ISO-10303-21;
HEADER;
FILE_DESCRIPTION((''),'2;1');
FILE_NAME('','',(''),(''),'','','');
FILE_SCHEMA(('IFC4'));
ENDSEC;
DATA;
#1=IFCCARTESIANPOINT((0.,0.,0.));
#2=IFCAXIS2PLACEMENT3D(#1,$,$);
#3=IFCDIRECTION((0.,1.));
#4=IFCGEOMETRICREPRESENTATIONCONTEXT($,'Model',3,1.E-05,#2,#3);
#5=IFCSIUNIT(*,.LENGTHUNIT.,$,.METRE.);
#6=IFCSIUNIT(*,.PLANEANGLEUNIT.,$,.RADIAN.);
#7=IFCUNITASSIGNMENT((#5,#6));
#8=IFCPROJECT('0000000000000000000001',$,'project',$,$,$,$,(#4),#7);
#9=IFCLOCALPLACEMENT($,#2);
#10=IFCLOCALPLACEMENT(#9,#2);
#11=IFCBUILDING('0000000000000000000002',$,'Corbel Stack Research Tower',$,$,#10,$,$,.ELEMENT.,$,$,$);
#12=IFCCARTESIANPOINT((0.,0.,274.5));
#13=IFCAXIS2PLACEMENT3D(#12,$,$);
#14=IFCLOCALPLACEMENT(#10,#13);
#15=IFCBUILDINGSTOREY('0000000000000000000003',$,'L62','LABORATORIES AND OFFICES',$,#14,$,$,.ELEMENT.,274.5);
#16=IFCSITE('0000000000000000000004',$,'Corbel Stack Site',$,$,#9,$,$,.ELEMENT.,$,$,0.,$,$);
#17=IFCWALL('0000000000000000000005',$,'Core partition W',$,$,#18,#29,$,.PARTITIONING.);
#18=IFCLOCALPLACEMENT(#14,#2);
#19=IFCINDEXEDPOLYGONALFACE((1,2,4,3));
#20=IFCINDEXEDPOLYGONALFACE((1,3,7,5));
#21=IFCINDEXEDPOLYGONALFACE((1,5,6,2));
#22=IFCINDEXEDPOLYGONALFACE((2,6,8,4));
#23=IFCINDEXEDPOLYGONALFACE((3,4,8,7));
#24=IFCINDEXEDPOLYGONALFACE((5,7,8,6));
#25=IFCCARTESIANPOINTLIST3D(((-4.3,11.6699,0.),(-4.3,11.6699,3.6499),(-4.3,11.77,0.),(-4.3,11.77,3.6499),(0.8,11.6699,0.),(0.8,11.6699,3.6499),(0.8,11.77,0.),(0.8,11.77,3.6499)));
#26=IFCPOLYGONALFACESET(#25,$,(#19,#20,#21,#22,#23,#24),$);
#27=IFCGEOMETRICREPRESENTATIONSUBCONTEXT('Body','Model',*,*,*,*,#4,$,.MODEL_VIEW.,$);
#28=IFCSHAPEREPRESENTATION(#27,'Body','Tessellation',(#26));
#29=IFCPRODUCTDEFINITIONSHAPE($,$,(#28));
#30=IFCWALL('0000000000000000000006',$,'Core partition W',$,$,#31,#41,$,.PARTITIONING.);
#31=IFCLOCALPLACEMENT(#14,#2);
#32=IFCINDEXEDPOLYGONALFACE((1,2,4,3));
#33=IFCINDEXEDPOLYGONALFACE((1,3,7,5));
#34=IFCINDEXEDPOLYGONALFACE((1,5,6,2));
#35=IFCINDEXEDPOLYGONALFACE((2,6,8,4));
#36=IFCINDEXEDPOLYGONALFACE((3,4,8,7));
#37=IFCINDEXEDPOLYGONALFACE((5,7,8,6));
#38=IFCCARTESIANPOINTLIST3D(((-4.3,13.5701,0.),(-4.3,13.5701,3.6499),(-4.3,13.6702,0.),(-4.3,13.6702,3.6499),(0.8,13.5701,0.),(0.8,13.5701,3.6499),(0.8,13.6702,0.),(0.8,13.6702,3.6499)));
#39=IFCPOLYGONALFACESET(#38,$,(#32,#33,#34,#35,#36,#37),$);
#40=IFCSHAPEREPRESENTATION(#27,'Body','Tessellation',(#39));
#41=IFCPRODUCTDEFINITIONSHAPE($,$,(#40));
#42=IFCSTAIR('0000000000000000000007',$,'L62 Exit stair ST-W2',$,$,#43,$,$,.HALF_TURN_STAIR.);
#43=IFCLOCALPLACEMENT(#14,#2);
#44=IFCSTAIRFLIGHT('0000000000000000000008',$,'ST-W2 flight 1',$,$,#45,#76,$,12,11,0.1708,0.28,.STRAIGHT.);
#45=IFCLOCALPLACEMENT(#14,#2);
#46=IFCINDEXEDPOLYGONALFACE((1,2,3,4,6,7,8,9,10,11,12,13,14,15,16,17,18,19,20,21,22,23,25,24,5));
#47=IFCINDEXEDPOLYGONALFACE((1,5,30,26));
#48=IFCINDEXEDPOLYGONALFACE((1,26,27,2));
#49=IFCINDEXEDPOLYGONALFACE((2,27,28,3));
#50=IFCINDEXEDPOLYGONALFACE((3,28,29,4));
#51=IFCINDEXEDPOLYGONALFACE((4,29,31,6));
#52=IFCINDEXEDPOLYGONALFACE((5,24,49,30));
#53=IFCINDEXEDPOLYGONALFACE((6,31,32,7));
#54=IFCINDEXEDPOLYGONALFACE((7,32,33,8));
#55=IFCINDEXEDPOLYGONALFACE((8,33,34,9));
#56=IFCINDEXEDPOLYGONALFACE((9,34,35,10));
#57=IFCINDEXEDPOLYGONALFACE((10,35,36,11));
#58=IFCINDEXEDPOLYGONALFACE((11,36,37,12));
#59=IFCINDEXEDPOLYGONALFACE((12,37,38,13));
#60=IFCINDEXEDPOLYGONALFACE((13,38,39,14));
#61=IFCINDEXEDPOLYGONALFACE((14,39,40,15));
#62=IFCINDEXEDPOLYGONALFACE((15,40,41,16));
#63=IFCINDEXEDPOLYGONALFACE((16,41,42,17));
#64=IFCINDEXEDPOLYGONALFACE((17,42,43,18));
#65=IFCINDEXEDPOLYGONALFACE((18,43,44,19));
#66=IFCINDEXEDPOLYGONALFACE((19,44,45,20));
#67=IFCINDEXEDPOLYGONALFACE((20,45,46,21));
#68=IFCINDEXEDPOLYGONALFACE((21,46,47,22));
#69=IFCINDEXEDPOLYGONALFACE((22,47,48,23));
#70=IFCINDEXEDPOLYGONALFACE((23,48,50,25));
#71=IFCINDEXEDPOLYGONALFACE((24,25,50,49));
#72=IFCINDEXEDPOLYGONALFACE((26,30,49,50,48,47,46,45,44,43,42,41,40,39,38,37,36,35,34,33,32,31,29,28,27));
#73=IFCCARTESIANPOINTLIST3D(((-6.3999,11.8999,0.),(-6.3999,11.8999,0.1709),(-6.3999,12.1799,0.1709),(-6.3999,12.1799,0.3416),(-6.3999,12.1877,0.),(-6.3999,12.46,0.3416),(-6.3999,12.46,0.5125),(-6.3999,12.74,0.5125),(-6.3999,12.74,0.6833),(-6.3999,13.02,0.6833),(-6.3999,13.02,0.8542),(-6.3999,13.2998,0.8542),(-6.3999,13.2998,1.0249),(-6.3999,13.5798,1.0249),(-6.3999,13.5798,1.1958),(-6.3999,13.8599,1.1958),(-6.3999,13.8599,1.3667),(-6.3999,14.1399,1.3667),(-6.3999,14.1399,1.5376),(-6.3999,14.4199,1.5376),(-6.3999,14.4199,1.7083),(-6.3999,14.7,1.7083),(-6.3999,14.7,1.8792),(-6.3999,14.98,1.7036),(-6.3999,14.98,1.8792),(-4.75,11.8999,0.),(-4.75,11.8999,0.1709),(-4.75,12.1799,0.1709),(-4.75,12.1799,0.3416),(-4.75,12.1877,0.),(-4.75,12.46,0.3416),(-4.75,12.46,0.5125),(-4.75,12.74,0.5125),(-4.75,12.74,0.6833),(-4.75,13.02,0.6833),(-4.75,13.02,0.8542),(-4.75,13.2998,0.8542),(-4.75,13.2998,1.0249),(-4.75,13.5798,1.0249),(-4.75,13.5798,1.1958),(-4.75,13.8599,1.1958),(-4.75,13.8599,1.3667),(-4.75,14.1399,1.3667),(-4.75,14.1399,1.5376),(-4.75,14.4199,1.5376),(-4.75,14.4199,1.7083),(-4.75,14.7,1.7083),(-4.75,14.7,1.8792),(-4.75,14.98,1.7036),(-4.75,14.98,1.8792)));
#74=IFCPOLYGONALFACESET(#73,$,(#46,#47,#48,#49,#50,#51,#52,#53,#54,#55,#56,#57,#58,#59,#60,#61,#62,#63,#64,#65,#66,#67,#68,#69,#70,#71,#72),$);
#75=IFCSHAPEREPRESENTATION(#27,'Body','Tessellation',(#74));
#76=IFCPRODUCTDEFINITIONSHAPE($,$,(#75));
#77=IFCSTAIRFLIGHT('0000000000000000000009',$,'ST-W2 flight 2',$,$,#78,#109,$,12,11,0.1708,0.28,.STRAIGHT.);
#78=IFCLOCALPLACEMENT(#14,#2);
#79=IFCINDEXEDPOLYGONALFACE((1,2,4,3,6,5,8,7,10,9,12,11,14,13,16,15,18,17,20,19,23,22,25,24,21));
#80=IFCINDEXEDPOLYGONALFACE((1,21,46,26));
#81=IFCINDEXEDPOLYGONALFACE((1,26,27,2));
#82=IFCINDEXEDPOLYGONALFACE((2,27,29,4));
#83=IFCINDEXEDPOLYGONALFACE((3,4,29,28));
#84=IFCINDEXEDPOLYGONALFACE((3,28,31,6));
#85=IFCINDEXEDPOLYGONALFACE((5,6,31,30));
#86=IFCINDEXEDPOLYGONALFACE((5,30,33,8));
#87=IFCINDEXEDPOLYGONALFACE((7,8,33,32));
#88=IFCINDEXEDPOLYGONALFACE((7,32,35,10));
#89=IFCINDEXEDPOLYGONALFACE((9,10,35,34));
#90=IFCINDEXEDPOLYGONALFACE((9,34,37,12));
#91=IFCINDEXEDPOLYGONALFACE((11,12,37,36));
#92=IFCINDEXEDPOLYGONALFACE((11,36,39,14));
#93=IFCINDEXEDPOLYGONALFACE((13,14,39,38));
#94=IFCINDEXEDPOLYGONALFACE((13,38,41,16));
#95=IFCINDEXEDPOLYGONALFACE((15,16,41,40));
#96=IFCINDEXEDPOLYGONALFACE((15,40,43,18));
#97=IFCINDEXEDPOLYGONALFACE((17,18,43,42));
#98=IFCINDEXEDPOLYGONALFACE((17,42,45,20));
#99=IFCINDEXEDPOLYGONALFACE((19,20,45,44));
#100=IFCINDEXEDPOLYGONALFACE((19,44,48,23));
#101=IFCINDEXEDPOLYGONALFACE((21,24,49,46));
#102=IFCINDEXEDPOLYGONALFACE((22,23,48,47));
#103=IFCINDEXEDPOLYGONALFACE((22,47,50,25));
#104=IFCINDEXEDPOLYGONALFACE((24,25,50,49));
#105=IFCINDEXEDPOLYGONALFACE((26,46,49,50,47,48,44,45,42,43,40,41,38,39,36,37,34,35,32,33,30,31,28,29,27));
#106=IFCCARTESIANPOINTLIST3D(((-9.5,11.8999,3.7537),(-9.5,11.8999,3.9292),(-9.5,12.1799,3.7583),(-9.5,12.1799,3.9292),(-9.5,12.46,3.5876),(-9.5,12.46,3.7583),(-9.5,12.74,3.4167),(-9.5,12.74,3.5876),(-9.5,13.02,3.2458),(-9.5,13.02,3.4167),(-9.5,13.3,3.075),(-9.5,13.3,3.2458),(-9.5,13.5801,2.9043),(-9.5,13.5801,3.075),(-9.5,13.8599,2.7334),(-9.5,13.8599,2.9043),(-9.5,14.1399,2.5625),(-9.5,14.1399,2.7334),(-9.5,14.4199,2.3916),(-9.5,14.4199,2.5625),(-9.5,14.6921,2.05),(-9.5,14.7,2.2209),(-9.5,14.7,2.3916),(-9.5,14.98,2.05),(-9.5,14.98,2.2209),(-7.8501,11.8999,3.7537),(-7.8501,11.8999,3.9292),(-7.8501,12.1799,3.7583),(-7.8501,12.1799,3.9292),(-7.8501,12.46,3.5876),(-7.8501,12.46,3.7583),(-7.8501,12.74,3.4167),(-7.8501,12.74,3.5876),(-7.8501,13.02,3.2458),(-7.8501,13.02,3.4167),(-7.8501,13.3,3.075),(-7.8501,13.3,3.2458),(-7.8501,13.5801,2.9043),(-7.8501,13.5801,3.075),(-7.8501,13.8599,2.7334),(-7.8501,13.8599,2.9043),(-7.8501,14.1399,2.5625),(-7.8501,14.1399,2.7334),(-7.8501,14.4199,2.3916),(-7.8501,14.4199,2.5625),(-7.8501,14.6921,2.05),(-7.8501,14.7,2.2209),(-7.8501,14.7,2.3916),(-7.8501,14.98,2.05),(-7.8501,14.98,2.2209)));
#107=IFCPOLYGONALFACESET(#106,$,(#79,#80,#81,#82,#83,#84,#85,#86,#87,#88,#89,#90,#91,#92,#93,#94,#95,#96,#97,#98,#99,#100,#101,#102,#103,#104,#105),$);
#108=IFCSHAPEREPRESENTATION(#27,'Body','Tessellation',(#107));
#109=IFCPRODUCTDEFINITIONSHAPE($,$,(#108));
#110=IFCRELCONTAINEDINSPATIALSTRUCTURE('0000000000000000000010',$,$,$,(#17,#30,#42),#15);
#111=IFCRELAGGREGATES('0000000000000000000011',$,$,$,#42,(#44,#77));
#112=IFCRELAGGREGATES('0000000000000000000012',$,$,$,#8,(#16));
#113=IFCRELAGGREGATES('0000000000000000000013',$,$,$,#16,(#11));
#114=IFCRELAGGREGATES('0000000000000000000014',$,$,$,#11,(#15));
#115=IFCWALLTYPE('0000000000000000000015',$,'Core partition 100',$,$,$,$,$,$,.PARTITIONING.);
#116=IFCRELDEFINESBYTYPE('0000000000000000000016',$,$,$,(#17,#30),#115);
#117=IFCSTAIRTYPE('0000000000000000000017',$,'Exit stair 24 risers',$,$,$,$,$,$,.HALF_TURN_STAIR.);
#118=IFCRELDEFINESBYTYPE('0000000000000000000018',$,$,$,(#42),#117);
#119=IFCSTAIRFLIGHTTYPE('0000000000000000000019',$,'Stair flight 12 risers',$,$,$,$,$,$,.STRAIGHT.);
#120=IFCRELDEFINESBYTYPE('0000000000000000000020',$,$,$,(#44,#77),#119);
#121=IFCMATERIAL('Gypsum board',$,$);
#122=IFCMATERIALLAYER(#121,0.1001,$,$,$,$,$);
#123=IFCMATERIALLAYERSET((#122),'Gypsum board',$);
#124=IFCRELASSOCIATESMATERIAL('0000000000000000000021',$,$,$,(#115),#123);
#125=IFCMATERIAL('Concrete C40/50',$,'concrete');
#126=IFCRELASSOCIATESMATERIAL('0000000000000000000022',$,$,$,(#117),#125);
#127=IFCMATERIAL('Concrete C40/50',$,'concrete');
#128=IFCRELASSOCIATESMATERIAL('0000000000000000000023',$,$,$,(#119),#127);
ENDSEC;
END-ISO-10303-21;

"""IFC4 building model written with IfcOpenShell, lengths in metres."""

from ifc_helpers import new_model, si_unit, direction, frame, frame_2d, origin, place, context, subcontext, project, spatial, polyline, rectangle, outline, extrude, material, layer, layer_set, type_object, element, aggregate, save


model = new_model("IFC4")

# Units and contexts
model_context = context("Model", 3, precision=1e-05, world=origin(), true_north=direction((0.0, 1.0)))
body_context = subcontext(model_context, "Body", "Model", "MODEL_VIEW")
ifc_project = project(units=[si_unit("LENGTHUNIT", "METRE"), si_unit("PLANEANGLEUNIT", "RADIAN")], contexts=[model_context])

# Site, building, storey
site_placement = place(None, origin())
site = spatial("IfcSite", under=ifc_project, at=site_placement, Name="Corbel Stack Site", CompositionType="ELEMENT", RefElevation=0.0)
building_placement = place(site_placement, origin())
building = spatial("IfcBuilding", under=site, at=building_placement, Name="Corbel Stack Research Tower", CompositionType="ELEMENT")
storey_placement = place(building_placement, frame((0.0, 0.0, 274.5)))
storey = spatial("IfcBuildingStorey", under=building, at=storey_placement, Name="L62", Description="LABORATORIES AND OFFICES", CompositionType="ELEMENT", Elevation=274.5)

# Walls
ifc_material_1 = material(Name="Gypsum board")
ifc_layer_1 = layer(ifc_material_1, 0.1001)
ifc_layer_set_1 = layer_set([ifc_layer_1], Name="Gypsum board")
wall_type_1 = type_object("IfcWallType", Name="Core partition 100", PredefinedType="PARTITIONING", material=ifc_layer_set_1)
for number, where, z_axis, x_axis, name in (
    (1, (-4.3, 11.72, 0.0), (0.0, 0.0, 1.0), (1.0, 0.0, 0.0), "Core partition W"),
    (2, (-4.3, 13.6201, 0.0), (0.0, 0.0, 1.0), (1.0, 0.0, 0.0), "Core partition W"),
):
    element("IfcWall", number, at=place(storey_placement, frame(where, z_axis=z_axis, x_axis=x_axis)), inside=storey, type_object=wall_type_1, Name=name, PredefinedType="PARTITIONING", context=body_context, shape_type="SweptSolid", body=[
        extrude(rectangle(XDim=5.1001, YDim=0.1001, at=frame_2d((2.55, 0.0))), origin(), (0.0, 0.0, 1.0), 3.6499),
    ])

# Stair, stair flights
ifc_material_2 = material(Name="Concrete C40/50", Category="concrete")
stair_type = type_object("IfcStairType", Name="Exit stair 24 risers", PredefinedType="HALF_TURN_STAIR", material=ifc_material_2)
stair_placement = place(storey_placement, origin())
stair = element("IfcStair", 3, at=stair_placement, inside=storey, type_object=stair_type, Name="L62 Exit stair ST-W2", PredefinedType="HALF_TURN_STAIR")
ifc_material_3 = material(Name="Concrete C40/50", Category="concrete")
stair_flight_type = type_object("IfcStairFlightType", Name="Stair flight 12 risers", PredefinedType="STRAIGHT", material=ifc_material_3)
stair_flight_1_placement = place(storey_placement, frame((-5.575, 11.8999, 0.0), z_axis=(0.0, 0.0, 1.0), x_axis=(0.0, 1.0, 0.0)))
stair_flight_1 = element("IfcStairFlight", 4, at=stair_flight_1_placement, type_object=stair_flight_type, Name="ST-W2 flight 1", NumberOfRisers=12, NumberOfTreads=11, PredefinedType="STRAIGHT", RiserHeight=0.1708, TreadLength=0.28, context=body_context, shape_type="SweptSolid", body=[
    extrude(outline(polyline([(0.0, 0.0), (0.0, 0.1709), (0.28, 0.1709), (0.28, 0.3416), (0.5601, 0.3416), (0.5601, 0.5125), (0.8401, 0.5125), (0.8401, 0.6833), (1.1201, 0.6833), (1.1201, 0.8542), (1.3999, 0.8542), (1.3999, 1.0249), (1.6799, 1.0249), (1.6799, 1.1958), (1.96, 1.1958), (1.96, 1.3667), (2.24, 1.3667), (2.24, 1.5376), (2.52, 1.5376), (2.52, 1.7083), (2.8, 1.7083), (2.8, 1.8792), (3.0801, 1.8792), (3.0801, 2.05), (3.0801, 1.7036), (0.2878, 0.0), (0.0, 0.0)])), frame((0.0, 0.825, 0.0), z_axis=(0.0, -1.0, 0.0), x_axis=(1.0, 0.0, 0.0)), (0.0, 0.0, 1.0), 1.6499),
])
stair_flight_2_placement = place(storey_placement, frame((-8.675, 14.98, 2.05), z_axis=(0.0, 0.0, 1.0), x_axis=(0.0, -1.0, 0.0)))
stair_flight_2 = element("IfcStairFlight", 5, at=stair_flight_2_placement, type_object=stair_flight_type, Name="ST-W2 flight 2", NumberOfRisers=12, NumberOfTreads=11, PredefinedType="STRAIGHT", RiserHeight=0.1708, TreadLength=0.28, context=body_context, shape_type="SweptSolid", body=[
    extrude(outline(polyline([(0.0, 0.0), (0.0, 0.1709), (0.28, 0.1709), (0.28, 0.3416), (0.5601, 0.3416), (0.5601, 0.5125), (0.8401, 0.5125), (0.8401, 0.6833), (1.1201, 0.6833), (1.1201, 0.8542), (1.3999, 0.8542), (1.3999, 1.0249), (1.6799, 1.0249), (1.6799, 1.1958), (1.96, 1.1958), (1.96, 1.3667), (2.24, 1.3667), (2.24, 1.5376), (2.52, 1.5376), (2.52, 1.7083), (2.8, 1.7083), (2.8, 1.8792), (3.0801, 1.8792), (3.0801, 2.05), (3.0801, 1.7036), (0.2878, 0.0), (0.0, 0.0)])), frame((0.0, 0.825, 0.0), z_axis=(0.0, -1.0, 0.0), x_axis=(1.0, 0.0, 0.0)), (0.0, 0.0, 1.0), 1.6499),
])
aggregate(stair, [stair_flight_1, stair_flight_2])

save(model, "model.ifc")
